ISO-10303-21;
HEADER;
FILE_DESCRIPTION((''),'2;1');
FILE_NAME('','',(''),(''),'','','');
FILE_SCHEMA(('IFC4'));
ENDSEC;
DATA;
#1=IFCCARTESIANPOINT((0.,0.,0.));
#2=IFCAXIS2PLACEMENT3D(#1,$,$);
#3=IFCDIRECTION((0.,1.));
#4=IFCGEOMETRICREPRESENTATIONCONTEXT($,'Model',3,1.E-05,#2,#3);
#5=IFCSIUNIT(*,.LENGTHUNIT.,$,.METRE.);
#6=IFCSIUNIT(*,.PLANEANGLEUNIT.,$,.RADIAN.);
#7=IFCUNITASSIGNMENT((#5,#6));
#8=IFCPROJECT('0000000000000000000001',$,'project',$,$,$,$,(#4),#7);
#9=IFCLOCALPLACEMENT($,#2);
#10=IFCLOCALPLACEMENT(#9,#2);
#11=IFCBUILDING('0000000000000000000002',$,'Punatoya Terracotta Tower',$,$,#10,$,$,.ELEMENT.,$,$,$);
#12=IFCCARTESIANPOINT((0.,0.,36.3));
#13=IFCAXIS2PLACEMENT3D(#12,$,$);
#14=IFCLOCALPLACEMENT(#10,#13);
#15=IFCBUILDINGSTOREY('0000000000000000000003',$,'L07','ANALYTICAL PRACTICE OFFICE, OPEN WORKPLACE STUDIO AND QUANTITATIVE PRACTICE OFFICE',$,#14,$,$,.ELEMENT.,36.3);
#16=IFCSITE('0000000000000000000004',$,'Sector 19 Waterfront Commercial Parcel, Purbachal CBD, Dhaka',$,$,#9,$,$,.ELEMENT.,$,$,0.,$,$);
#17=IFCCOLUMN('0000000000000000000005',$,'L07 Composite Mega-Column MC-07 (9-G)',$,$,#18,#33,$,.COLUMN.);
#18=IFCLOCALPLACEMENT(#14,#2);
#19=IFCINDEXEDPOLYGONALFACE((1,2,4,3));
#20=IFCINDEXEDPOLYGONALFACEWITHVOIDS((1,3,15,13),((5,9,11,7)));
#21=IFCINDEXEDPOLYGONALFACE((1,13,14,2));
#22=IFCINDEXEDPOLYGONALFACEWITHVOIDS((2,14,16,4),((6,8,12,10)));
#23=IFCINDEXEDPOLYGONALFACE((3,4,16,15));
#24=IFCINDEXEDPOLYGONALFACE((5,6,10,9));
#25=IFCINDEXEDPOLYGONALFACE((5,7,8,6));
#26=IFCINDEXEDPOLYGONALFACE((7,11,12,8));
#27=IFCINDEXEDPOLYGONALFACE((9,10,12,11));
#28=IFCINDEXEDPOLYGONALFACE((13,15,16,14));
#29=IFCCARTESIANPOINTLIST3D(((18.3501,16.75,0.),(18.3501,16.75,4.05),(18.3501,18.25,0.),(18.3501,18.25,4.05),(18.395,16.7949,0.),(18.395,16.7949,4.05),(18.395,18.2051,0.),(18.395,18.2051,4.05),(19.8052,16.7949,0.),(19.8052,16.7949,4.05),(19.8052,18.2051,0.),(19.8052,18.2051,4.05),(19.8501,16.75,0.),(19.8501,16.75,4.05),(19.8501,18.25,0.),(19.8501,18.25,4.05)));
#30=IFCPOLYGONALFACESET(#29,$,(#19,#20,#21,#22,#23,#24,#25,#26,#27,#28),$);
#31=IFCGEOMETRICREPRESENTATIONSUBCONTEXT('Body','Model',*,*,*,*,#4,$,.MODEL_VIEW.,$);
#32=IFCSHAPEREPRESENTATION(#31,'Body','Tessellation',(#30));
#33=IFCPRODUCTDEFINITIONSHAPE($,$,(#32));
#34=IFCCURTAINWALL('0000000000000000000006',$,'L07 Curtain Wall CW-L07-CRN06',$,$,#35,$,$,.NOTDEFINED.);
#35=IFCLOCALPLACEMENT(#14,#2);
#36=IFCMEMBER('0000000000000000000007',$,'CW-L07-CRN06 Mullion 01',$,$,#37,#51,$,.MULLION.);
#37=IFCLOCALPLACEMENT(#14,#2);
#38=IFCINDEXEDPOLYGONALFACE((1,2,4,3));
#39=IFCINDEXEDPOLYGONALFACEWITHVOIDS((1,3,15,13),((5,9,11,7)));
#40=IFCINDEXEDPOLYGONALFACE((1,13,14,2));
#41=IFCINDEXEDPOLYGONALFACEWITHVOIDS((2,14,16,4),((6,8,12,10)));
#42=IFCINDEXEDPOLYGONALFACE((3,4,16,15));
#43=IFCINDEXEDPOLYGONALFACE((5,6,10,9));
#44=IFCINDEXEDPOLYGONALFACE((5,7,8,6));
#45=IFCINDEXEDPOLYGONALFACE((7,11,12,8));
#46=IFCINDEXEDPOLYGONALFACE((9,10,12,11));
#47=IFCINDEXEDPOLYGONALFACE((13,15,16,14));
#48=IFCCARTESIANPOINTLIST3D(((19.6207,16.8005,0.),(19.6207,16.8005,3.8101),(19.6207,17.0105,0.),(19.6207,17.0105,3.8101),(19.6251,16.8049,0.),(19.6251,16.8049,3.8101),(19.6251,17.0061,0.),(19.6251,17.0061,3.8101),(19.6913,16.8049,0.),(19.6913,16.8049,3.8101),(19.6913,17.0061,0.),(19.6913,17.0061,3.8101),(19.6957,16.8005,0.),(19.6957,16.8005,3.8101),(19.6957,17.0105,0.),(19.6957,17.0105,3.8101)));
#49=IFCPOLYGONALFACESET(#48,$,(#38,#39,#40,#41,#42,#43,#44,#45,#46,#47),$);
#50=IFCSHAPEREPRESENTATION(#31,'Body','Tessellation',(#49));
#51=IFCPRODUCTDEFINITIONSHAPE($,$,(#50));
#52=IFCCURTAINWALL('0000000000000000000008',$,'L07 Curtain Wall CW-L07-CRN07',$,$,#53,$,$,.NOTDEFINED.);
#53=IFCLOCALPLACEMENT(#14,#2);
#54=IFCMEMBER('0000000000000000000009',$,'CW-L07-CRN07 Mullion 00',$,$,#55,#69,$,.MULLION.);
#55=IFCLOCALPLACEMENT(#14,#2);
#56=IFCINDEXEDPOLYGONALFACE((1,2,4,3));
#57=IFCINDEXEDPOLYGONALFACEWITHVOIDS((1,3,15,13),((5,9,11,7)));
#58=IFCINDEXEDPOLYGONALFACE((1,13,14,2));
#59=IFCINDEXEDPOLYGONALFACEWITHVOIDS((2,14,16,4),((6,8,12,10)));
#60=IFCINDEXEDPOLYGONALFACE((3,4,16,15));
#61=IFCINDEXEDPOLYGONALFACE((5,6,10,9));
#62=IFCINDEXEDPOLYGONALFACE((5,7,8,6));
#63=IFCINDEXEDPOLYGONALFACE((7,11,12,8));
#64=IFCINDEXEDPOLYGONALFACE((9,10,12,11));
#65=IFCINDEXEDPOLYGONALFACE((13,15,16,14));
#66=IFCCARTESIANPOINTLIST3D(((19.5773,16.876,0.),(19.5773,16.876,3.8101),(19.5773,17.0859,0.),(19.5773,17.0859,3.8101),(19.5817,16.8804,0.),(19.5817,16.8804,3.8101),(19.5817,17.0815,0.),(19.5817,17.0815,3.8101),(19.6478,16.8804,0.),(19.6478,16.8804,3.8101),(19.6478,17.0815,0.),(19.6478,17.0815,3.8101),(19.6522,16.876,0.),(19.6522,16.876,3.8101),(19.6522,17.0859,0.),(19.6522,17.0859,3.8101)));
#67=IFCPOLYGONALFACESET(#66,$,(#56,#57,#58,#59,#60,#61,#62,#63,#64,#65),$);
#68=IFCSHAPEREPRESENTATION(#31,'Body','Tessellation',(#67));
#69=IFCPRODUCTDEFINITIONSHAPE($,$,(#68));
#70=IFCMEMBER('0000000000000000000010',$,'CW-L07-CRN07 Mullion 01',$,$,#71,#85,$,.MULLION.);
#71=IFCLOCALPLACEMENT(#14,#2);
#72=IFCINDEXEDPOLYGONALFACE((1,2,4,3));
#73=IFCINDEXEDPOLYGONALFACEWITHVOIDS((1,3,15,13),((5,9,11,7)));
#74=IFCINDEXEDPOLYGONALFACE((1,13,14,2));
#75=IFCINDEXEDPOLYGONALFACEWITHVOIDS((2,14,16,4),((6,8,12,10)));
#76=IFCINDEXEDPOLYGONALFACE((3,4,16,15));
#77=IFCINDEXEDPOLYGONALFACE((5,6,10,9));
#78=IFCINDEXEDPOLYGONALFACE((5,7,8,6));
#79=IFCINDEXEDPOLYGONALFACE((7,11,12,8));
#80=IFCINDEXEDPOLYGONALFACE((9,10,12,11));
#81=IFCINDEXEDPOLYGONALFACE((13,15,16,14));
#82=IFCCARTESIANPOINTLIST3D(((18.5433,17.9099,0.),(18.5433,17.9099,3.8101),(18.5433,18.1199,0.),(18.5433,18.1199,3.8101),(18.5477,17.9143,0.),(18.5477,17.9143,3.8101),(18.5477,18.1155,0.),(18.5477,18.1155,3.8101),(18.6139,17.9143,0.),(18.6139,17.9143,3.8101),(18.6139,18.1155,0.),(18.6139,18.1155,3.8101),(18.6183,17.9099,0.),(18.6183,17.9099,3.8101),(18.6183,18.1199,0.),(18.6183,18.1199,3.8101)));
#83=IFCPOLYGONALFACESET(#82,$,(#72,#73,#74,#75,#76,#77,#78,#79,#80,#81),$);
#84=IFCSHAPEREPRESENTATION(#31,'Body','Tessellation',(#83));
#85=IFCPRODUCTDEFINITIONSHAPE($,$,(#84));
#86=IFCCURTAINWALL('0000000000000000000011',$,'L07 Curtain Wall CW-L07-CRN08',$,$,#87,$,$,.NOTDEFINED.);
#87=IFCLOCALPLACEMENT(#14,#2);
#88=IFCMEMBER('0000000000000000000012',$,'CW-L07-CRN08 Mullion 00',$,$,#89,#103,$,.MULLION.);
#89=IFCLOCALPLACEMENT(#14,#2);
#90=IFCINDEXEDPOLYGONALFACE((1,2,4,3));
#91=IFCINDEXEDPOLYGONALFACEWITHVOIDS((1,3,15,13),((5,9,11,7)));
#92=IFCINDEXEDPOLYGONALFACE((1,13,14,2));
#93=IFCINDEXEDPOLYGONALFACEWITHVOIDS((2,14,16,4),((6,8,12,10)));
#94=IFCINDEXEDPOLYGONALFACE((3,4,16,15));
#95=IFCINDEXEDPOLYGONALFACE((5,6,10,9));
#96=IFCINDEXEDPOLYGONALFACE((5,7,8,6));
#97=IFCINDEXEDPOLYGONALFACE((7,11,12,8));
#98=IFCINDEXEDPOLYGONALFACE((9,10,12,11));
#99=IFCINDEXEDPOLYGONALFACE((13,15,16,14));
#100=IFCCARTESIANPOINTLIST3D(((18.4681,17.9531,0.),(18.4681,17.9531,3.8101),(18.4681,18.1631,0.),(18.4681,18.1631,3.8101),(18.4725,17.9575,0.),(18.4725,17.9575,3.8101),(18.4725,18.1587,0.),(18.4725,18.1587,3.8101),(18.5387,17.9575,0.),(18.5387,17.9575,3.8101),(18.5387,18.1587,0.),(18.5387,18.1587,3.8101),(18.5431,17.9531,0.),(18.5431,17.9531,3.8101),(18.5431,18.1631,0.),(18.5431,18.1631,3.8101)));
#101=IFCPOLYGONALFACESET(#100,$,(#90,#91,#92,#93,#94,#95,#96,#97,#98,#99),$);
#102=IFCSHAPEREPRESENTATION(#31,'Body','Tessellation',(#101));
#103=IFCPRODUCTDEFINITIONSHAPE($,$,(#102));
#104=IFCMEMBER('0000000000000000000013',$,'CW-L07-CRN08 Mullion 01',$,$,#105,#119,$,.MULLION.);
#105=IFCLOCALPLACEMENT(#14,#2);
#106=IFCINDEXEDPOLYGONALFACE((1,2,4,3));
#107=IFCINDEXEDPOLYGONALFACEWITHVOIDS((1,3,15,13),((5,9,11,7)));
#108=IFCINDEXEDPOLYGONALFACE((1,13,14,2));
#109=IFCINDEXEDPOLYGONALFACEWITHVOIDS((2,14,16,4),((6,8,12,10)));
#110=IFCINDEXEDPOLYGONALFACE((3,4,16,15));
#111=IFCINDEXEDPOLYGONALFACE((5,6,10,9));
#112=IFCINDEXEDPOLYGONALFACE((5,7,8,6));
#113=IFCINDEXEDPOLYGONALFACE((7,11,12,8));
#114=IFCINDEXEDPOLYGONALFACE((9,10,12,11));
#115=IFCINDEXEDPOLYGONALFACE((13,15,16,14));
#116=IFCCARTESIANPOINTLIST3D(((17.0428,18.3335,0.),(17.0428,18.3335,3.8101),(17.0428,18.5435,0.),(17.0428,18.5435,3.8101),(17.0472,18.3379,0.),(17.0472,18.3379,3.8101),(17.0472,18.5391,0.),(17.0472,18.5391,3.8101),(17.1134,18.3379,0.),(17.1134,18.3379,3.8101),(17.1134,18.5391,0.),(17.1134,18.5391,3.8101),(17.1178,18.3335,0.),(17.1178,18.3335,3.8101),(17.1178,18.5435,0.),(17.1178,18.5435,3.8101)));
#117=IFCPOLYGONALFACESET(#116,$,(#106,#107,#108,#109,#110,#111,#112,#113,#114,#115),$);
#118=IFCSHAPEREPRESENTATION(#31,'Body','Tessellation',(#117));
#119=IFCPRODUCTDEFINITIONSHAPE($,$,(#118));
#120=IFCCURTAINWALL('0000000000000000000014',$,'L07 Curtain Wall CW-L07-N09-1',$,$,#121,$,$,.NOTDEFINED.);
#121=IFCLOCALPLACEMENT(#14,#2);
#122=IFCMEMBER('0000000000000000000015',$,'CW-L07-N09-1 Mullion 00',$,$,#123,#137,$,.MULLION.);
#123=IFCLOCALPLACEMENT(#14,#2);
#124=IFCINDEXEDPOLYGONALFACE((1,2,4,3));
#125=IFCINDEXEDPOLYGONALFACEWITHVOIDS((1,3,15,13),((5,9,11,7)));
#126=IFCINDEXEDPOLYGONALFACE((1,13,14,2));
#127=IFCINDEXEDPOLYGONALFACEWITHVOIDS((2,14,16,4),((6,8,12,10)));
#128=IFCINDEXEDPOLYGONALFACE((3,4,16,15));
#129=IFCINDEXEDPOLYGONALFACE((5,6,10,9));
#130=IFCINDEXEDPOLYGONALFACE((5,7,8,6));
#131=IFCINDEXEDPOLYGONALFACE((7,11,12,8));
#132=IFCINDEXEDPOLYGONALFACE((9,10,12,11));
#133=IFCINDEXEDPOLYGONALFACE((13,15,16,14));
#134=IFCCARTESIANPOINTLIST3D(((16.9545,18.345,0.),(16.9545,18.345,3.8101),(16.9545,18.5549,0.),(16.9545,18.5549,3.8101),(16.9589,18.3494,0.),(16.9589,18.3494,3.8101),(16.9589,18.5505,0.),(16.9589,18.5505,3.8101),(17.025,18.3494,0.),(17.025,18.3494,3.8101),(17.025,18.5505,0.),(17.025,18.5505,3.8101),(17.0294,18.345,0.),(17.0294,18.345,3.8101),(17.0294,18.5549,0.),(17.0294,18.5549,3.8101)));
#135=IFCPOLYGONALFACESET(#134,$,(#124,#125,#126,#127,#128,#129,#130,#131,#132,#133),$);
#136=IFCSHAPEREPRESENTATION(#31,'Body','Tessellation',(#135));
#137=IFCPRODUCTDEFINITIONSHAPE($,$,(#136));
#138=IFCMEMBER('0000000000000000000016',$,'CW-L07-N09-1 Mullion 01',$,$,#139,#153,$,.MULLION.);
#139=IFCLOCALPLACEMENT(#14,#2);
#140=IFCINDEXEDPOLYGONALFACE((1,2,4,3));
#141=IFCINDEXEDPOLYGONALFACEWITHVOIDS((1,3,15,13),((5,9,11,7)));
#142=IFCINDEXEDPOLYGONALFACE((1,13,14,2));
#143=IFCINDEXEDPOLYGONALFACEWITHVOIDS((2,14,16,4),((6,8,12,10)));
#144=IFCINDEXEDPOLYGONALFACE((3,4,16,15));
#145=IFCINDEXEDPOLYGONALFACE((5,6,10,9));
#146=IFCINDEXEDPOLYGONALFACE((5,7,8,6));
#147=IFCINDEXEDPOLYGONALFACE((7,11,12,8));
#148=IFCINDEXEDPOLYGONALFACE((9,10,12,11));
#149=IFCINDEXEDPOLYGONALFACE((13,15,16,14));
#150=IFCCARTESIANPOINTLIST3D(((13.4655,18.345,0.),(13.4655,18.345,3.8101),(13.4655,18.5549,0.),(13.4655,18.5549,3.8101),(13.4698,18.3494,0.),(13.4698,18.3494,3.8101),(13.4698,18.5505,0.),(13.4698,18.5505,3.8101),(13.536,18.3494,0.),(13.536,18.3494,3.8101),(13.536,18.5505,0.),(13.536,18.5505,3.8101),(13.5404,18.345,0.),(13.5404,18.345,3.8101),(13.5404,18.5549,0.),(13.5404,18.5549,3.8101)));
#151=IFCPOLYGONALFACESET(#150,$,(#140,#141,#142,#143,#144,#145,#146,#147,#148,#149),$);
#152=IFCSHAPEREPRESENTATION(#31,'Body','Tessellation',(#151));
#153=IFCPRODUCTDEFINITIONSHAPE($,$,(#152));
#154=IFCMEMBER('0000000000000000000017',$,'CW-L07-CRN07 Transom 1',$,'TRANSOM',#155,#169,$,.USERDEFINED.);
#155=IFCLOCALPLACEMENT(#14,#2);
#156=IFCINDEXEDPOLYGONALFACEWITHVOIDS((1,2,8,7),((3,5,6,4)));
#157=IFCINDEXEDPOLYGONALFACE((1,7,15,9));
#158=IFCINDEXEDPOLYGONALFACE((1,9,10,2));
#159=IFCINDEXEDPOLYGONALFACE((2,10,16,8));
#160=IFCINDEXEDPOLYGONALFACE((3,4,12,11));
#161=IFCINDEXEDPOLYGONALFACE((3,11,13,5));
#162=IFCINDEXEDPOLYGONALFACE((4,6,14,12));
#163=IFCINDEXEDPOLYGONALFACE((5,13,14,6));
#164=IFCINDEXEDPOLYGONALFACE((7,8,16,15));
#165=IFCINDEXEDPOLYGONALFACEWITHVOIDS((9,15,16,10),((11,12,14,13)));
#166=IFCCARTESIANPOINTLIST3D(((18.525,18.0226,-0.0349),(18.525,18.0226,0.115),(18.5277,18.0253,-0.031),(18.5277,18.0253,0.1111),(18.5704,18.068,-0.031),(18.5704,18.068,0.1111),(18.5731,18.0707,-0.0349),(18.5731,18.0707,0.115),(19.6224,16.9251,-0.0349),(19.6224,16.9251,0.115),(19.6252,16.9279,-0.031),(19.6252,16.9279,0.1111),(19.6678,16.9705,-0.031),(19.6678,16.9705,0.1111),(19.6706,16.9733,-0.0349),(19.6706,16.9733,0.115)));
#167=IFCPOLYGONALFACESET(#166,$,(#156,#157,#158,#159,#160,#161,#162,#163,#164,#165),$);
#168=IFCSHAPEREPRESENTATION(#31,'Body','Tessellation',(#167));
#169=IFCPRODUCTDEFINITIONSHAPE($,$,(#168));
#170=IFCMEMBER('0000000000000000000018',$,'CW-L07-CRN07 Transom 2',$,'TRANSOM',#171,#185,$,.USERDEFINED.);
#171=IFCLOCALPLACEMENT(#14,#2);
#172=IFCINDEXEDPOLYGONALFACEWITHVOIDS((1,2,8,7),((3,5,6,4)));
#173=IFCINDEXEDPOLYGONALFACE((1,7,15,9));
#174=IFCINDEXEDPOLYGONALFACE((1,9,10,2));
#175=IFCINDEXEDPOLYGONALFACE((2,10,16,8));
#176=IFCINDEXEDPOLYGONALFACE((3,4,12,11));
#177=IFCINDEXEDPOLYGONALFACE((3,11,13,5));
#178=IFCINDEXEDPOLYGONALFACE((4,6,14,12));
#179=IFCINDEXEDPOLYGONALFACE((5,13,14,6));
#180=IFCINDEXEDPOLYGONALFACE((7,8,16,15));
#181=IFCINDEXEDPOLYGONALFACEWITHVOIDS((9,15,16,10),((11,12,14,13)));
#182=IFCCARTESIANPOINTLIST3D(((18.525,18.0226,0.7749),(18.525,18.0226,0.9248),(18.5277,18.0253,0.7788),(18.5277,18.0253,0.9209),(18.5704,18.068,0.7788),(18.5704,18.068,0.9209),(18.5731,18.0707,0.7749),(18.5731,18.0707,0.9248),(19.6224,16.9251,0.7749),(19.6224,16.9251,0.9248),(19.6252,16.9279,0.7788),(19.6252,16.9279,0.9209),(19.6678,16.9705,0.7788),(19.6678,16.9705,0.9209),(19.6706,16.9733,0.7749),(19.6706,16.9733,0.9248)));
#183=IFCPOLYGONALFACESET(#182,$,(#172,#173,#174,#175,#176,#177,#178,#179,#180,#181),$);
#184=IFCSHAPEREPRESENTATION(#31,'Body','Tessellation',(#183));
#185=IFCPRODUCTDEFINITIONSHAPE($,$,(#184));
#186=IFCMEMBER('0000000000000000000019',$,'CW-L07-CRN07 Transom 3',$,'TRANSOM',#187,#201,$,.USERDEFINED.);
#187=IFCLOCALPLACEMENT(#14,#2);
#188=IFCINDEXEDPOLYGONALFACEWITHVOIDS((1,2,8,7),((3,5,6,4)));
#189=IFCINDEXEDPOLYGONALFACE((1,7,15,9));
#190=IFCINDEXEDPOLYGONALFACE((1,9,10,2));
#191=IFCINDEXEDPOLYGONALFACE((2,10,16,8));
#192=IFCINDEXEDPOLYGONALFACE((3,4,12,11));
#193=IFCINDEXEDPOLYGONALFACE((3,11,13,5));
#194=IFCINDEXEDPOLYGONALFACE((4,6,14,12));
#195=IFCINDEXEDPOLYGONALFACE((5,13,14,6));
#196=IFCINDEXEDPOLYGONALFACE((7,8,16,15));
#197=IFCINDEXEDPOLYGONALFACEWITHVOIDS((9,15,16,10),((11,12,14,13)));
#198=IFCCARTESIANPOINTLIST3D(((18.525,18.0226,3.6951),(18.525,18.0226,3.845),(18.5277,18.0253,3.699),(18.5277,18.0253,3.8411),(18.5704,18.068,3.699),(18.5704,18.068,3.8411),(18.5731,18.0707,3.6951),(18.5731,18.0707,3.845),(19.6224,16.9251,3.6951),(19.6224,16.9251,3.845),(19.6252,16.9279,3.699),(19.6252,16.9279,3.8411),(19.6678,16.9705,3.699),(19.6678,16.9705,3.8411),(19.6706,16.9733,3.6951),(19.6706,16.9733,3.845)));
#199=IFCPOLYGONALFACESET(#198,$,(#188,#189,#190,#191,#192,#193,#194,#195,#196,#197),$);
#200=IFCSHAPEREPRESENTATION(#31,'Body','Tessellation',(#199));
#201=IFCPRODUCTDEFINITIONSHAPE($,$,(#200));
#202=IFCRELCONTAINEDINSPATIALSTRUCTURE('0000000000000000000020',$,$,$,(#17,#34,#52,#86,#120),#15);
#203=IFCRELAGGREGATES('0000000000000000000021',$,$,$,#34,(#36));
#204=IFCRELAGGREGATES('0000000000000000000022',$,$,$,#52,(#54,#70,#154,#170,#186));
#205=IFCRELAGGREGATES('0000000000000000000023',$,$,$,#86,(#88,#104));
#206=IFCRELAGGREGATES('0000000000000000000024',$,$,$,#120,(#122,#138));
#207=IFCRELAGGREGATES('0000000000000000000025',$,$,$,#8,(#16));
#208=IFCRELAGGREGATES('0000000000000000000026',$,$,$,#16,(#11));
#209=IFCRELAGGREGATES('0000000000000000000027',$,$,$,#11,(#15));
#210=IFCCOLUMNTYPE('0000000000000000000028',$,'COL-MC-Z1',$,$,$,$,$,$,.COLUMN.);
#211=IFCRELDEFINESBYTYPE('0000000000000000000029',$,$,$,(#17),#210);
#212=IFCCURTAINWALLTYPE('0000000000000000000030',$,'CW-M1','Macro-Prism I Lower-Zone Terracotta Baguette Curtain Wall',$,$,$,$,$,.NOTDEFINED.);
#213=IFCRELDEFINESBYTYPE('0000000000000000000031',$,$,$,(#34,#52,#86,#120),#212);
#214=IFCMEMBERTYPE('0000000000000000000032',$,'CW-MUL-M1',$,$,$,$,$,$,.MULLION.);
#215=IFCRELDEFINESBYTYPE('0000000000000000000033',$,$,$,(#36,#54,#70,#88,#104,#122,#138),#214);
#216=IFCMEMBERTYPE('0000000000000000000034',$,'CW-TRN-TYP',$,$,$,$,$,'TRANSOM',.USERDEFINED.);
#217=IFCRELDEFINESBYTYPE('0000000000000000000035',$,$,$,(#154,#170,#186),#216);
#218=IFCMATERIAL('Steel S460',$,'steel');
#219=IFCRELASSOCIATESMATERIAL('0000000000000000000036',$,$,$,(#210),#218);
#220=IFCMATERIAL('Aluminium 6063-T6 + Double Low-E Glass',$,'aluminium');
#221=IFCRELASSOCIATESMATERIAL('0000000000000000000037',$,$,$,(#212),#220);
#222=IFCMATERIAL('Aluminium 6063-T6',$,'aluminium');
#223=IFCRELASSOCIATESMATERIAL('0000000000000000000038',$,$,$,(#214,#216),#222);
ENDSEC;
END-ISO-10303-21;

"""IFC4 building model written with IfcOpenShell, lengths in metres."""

from ifc_helpers import new_model, si_unit, direction, frame, origin, origin_2d, place, context, subcontext, project, spatial, hollow_rectangle, extrude, material, material_profile, profile_set, type_object, element, aggregate, save


model = new_model("IFC4")

# Units and contexts
model_context = context("Model", 3, precision=1e-05, world=origin(), true_north=direction((0.0, 1.0)))
body_context = subcontext(model_context, "Body", "Model", "MODEL_VIEW")
ifc_project = project(units=[si_unit("LENGTHUNIT", "METRE"), si_unit("PLANEANGLEUNIT", "RADIAN")], contexts=[model_context])

# Site, building, storey
site_placement = place(None, origin())
site = spatial("IfcSite", under=ifc_project, at=site_placement, Name="Sector 19 Waterfront Commercial Parcel, Purbachal CBD, Dhaka", CompositionType="ELEMENT", RefElevation=0.0)
building_placement = place(site_placement, origin())
building = spatial("IfcBuilding", under=site, at=building_placement, Name="Punatoya Terracotta Tower", CompositionType="ELEMENT")
storey_placement = place(building_placement, frame((0.0, 0.0, 36.3)))
storey = spatial("IfcBuildingStorey", under=building, at=storey_placement, Name="L07", Description="ANALYTICAL PRACTICE OFFICE, OPEN WORKPLACE STUDIO AND QUANTITATIVE PRACTICE OFFICE", CompositionType="ELEMENT", Elevation=36.3)

# Column
ifc_material_1 = material(Name="Steel S460", Category="steel")
ifc_material_profile_1 = material_profile(ifc_material_1, hollow_rectangle(XDim=1.5, YDim=1.5, WallThickness=0.0449, at=origin_2d()))
ifc_profile_set_1 = profile_set([ifc_material_profile_1], Name="Steel S460")
column_type = type_object("IfcColumnType", Name="COL-MC-Z1", PredefinedType="COLUMN", material=ifc_profile_set_1)
column_placement = place(storey_placement, frame((19.1001, 17.5, 0.0), z_axis=(0.0, 0.0, 1.0), x_axis=(1.0, 0.0, 0.0)))
element("IfcColumn", 1, at=column_placement, inside=storey, type_object=column_type, Name="L07 Composite Mega-Column MC-07 (9-G)", PredefinedType="COLUMN", context=body_context, shape_type="SweptSolid", body=[
    extrude(hollow_rectangle(XDim=1.5, YDim=1.5, WallThickness=0.0449, at=origin_2d()), origin(), (0.0, 0.0, 1.0), 4.05),
])

# Curtain wall, member
ifc_material_2 = material(Name="Aluminium 6063-T6 + Double Low-E Glass", Category="aluminium")
curtain_wall_type = type_object("IfcCurtainWallType", Name="CW-M1", Description="Macro-Prism I Lower-Zone Terracotta Baguette Curtain Wall", PredefinedType="NOTDEFINED", material=ifc_material_2)
curtain_wall_1_placement = place(storey_placement, origin())
curtain_wall_1 = element("IfcCurtainWall", 2, at=curtain_wall_1_placement, inside=storey, type_object=curtain_wall_type, Name="L07 Curtain Wall CW-L07-CRN06", PredefinedType="NOTDEFINED")
ifc_material_3 = material(Name="Aluminium 6063-T6", Category="aluminium")
ifc_material_profile_2 = material_profile(ifc_material_3, hollow_rectangle(XDim=0.075, YDim=0.21, WallThickness=0.0044, at=origin_2d()))
ifc_profile_set_2 = profile_set([ifc_material_profile_2], Name="Aluminium 6063-T6")
member_type_1 = type_object("IfcMemberType", Name="CW-MUL-M1", PredefinedType="MULLION", material=ifc_profile_set_2)
member_1_placement = place(storey_placement, frame((19.6582, 16.9055, 0.0), z_axis=(0.0, 0.0, 1.0), x_axis=(1.0, 0.0, 0.0)))
member_1 = element("IfcMember", 3, at=member_1_placement, type_object=member_type_1, Name="CW-L07-CRN06 Mullion 01", PredefinedType="MULLION", context=body_context, shape_type="SweptSolid", body=[
    extrude(hollow_rectangle(XDim=0.075, YDim=0.21, WallThickness=0.0044, at=origin_2d()), origin(), (0.0, 0.0, 1.0), 3.8101),
])

# Curtain walls, members
curtain_wall_2_placement = place(storey_placement, origin())
curtain_wall_2 = element("IfcCurtainWall", 4, at=curtain_wall_2_placement, inside=storey, type_object=curtain_wall_type, Name="L07 Curtain Wall CW-L07-CRN07", PredefinedType="NOTDEFINED")
member_2_placement = place(storey_placement, frame((19.6147, 16.981, 0.0), z_axis=(0.0, 0.0, 1.0), x_axis=(1.0, 0.0, 0.0)))
member_2 = element("IfcMember", 5, at=member_2_placement, type_object=member_type_1, Name="CW-L07-CRN07 Mullion 00", PredefinedType="MULLION", context=body_context, shape_type="SweptSolid", body=[
    extrude(hollow_rectangle(XDim=0.075, YDim=0.21, WallThickness=0.0044, at=origin_2d()), origin(), (0.0, 0.0, 1.0), 3.8101),
])
member_3_placement = place(storey_placement, frame((18.5808, 18.0149, 0.0), z_axis=(0.0, 0.0, 1.0), x_axis=(1.0, 0.0, 0.0)))
member_3 = element("IfcMember", 6, at=member_3_placement, type_object=member_type_1, Name="CW-L07-CRN07 Mullion 01", PredefinedType="MULLION", context=body_context, shape_type="SweptSolid", body=[
    extrude(hollow_rectangle(XDim=0.075, YDim=0.21, WallThickness=0.0044, at=origin_2d()), origin(), (0.0, 0.0, 1.0), 3.8101),
])
curtain_wall_3_placement = place(storey_placement, origin())
curtain_wall_3 = element("IfcCurtainWall", 7, at=curtain_wall_3_placement, inside=storey, type_object=curtain_wall_type, Name="L07 Curtain Wall CW-L07-CRN08", PredefinedType="NOTDEFINED")
member_4_placement = place(storey_placement, frame((18.5056, 18.0581, 0.0), z_axis=(0.0, 0.0, 1.0), x_axis=(1.0, 0.0, 0.0)))
member_4 = element("IfcMember", 8, at=member_4_placement, type_object=member_type_1, Name="CW-L07-CRN08 Mullion 00", PredefinedType="MULLION", context=body_context, shape_type="SweptSolid", body=[
    extrude(hollow_rectangle(XDim=0.075, YDim=0.21, WallThickness=0.0044, at=origin_2d()), origin(), (0.0, 0.0, 1.0), 3.8101),
])
member_5_placement = place(storey_placement, frame((17.0803, 18.4385, 0.0), z_axis=(0.0, 0.0, 1.0), x_axis=(1.0, 0.0, 0.0)))
member_5 = element("IfcMember", 9, at=member_5_placement, type_object=member_type_1, Name="CW-L07-CRN08 Mullion 01", PredefinedType="MULLION", context=body_context, shape_type="SweptSolid", body=[
    extrude(hollow_rectangle(XDim=0.075, YDim=0.21, WallThickness=0.0044, at=origin_2d()), origin(), (0.0, 0.0, 1.0), 3.8101),
])
curtain_wall_4_placement = place(storey_placement, origin())
curtain_wall_4 = element("IfcCurtainWall", 10, at=curtain_wall_4_placement, inside=storey, type_object=curtain_wall_type, Name="L07 Curtain Wall CW-L07-N09-1", PredefinedType="NOTDEFINED")
member_6_placement = place(storey_placement, frame((16.9919, 18.45, 0.0), z_axis=(0.0, 0.0, 1.0), x_axis=(1.0, 0.0, 0.0)))
member_6 = element("IfcMember", 11, at=member_6_placement, type_object=member_type_1, Name="CW-L07-N09-1 Mullion 00", PredefinedType="MULLION", context=body_context, shape_type="SweptSolid", body=[
    extrude(hollow_rectangle(XDim=0.075, YDim=0.21, WallThickness=0.0044, at=origin_2d()), origin(), (0.0, 0.0, 1.0), 3.8101),
])
member_7_placement = place(storey_placement, frame((13.5029, 18.45, 0.0), z_axis=(0.0, 0.0, 1.0), x_axis=(1.0, 0.0, 0.0)))
member_7 = element("IfcMember", 12, at=member_7_placement, type_object=member_type_1, Name="CW-L07-N09-1 Mullion 01", PredefinedType="MULLION", context=body_context, shape_type="SweptSolid", body=[
    extrude(hollow_rectangle(XDim=0.075, YDim=0.21, WallThickness=0.0044, at=origin_2d()), origin(), (0.0, 0.0, 1.0), 3.8101),
])

# Members
ifc_material_profile_3 = material_profile(ifc_material_3, hollow_rectangle(XDim=0.0681, YDim=0.1499, WallThickness=0.0039, at=origin_2d()))
ifc_profile_set_3 = profile_set([ifc_material_profile_3], Name="Aluminium 6063-T6")
member_type_2 = type_object("IfcMemberType", Name="CW-TRN-TYP", ElementType="TRANSOM", PredefinedType="USERDEFINED", material=ifc_profile_set_3)
member_8_placement = place(storey_placement, frame((19.6465, 16.9492, 0.04), z_axis=(-0.707107, 0.707107, 0.0), x_axis=(-0.707107, -0.707107, 0.0)))
member_8 = element("IfcMember", 13, at=member_8_placement, type_object=member_type_2, Name="CW-L07-CRN07 Transom 1", ObjectType="TRANSOM", PredefinedType="USERDEFINED", context=body_context, shape_type="SweptSolid", body=[
    extrude(hollow_rectangle(XDim=0.0681, YDim=0.1499, WallThickness=0.0039, at=origin_2d()), origin(), (0.0, 0.0, 1.0), 1.552),
])
member_9_placement = place(storey_placement, frame((19.6465, 16.9492, 0.8499), z_axis=(-0.707107, 0.707107, 0.0), x_axis=(-0.707107, -0.707107, 0.0)))
member_9 = element("IfcMember", 14, at=member_9_placement, type_object=member_type_2, Name="CW-L07-CRN07 Transom 2", ObjectType="TRANSOM", PredefinedType="USERDEFINED", context=body_context, shape_type="SweptSolid", body=[
    extrude(hollow_rectangle(XDim=0.0681, YDim=0.1499, WallThickness=0.0039, at=origin_2d()), origin(), (0.0, 0.0, 1.0), 1.552),
])
member_10_placement = place(storey_placement, frame((19.6465, 16.9492, 3.77), z_axis=(-0.707107, 0.707107, 0.0), x_axis=(-0.707107, -0.707107, 0.0)))
member_10 = element("IfcMember", 15, at=member_10_placement, type_object=member_type_2, Name="CW-L07-CRN07 Transom 3", ObjectType="TRANSOM", PredefinedType="USERDEFINED", context=body_context, shape_type="SweptSolid", body=[
    extrude(hollow_rectangle(XDim=0.0681, YDim=0.1499, WallThickness=0.0039, at=origin_2d()), origin(), (0.0, 0.0, 1.0), 1.552),
])

aggregate(curtain_wall_1, [member_1])
aggregate(curtain_wall_2, [member_2, member_3, member_8, member_9, member_10])
aggregate(curtain_wall_3, [member_4, member_5])
aggregate(curtain_wall_4, [member_6, member_7])

save(model, "model.ifc")
